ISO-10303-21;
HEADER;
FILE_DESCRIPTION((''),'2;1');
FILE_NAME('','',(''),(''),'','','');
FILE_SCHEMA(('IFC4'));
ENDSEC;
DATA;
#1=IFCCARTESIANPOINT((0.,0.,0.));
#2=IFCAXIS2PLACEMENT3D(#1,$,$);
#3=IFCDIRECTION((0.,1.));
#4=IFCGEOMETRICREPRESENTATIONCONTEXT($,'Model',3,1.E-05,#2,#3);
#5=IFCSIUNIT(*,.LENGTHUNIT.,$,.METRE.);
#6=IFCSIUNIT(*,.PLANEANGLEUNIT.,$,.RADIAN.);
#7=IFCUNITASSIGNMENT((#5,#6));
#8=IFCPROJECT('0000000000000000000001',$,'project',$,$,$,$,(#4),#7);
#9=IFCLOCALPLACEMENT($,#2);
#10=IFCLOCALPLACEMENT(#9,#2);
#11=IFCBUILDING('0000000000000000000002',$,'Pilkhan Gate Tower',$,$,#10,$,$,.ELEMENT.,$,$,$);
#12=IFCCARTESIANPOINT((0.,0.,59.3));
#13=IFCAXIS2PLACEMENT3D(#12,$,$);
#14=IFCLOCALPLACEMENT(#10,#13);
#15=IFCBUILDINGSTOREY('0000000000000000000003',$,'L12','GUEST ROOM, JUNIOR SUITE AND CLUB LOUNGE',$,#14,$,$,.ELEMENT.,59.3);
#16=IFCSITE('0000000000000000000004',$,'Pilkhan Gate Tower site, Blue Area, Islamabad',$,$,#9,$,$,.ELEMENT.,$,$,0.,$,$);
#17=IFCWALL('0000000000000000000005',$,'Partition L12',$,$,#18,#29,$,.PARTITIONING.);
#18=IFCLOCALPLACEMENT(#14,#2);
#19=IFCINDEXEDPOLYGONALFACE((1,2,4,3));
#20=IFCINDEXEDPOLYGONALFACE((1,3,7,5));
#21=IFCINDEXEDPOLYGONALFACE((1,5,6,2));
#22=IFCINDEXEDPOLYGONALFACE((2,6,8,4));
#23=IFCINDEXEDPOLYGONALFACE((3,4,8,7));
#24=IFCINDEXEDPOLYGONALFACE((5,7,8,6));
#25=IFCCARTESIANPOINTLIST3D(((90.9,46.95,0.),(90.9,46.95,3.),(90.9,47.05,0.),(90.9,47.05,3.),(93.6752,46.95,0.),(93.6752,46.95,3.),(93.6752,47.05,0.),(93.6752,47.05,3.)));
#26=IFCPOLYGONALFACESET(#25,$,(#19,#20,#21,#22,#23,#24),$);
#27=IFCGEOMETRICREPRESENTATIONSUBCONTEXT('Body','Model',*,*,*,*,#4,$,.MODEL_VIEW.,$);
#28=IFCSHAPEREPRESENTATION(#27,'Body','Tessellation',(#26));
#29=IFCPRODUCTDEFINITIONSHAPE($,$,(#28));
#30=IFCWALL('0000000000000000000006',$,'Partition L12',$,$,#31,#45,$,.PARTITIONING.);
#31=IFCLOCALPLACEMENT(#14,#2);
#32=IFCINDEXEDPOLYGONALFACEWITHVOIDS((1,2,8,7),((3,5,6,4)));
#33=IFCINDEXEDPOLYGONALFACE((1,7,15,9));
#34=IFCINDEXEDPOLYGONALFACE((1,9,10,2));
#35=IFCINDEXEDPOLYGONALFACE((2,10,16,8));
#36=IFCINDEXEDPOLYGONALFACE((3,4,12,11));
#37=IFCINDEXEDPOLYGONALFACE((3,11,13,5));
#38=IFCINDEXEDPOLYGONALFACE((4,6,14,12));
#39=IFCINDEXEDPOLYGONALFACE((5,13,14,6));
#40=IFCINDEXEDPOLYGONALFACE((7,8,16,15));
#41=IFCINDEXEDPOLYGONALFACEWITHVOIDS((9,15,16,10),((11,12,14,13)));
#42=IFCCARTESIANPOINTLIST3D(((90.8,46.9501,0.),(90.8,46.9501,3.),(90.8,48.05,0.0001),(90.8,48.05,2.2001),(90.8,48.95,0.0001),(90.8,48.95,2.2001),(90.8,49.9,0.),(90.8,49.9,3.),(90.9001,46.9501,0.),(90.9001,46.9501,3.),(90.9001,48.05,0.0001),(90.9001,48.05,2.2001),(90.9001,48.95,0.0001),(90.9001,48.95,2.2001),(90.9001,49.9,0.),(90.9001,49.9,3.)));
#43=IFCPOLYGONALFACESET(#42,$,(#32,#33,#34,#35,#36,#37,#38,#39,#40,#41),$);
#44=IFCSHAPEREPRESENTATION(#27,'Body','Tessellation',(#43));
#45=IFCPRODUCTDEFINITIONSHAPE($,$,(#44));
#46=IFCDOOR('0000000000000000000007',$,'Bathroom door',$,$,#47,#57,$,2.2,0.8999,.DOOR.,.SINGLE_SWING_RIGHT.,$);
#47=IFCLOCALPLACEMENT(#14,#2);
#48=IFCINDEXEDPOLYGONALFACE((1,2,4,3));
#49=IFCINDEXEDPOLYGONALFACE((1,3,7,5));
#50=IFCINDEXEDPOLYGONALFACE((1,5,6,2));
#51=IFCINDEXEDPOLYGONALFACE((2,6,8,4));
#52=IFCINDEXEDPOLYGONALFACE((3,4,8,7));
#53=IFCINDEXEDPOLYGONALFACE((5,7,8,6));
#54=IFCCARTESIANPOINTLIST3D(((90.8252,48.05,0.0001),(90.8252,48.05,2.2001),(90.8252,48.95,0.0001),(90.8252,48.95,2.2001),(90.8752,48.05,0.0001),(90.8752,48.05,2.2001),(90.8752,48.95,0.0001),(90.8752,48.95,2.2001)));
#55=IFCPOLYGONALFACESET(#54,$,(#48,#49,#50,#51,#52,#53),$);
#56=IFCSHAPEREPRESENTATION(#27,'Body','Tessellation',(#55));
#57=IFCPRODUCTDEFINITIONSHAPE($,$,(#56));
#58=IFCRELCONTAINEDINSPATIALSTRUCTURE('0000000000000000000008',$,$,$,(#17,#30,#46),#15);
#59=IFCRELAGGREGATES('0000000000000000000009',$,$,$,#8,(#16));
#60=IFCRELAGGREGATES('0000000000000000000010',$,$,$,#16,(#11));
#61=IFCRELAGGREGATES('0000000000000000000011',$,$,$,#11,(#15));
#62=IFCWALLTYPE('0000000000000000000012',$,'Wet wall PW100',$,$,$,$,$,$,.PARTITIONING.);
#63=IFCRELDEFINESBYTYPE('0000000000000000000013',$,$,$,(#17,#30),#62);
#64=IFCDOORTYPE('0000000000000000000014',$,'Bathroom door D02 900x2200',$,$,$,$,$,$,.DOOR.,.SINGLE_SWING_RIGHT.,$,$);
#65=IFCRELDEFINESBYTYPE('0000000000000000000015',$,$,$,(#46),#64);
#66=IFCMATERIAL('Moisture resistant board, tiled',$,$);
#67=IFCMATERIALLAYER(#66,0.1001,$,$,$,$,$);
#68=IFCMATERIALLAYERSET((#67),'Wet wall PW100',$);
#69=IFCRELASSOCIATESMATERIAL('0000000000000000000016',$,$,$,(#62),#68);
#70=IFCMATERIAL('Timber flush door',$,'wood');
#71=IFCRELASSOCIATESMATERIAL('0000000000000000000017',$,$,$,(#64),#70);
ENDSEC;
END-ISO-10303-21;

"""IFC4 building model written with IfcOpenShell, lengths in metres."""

from ifc_helpers import new_model, si_unit, direction, frame, frame_2d, origin, place, context, subcontext, project, spatial, rectangle, extrude, material, layer, layer_set, type_object, element, fill, save


model = new_model("IFC4")

# Units and contexts
model_context = context("Model", 3, precision=1e-05, world=origin(), true_north=direction((0.0, 1.0)))
body_context = subcontext(model_context, "Body", "Model", "MODEL_VIEW")
ifc_project = project(units=[si_unit("LENGTHUNIT", "METRE"), si_unit("PLANEANGLEUNIT", "RADIAN")], contexts=[model_context])

# Site, building, storey
site_placement = place(None, origin())
site = spatial("IfcSite", under=ifc_project, at=site_placement, Name="Pilkhan Gate Tower site, Blue Area, Islamabad", CompositionType="ELEMENT", RefElevation=0.0)
building_placement = place(site_placement, origin())
building = spatial("IfcBuilding", under=site, at=building_placement, Name="Pilkhan Gate Tower", CompositionType="ELEMENT")
storey_placement = place(building_placement, frame((0.0, 0.0, 59.3)))
storey = spatial("IfcBuildingStorey", under=building, at=storey_placement, Name="L12", Description="GUEST ROOM, JUNIOR SUITE AND CLUB LOUNGE", CompositionType="ELEMENT", Elevation=59.3)

# Wall
ifc_material_1 = material(Name="Moisture resistant board, tiled")
ifc_layer_1 = layer(ifc_material_1, 0.1001)
ifc_layer_set_1 = layer_set([ifc_layer_1], Name="Wet wall PW100")
wall_type_1 = type_object("IfcWallType", Name="Wet wall PW100", PredefinedType="PARTITIONING", material=ifc_layer_set_1)
wall_1_placement = place(storey_placement, frame((90.8999, 47.0, 0.0), z_axis=(0.0, 0.0, 1.0), x_axis=(1.0, 0.0, 0.0)))
element("IfcWall", 1, at=wall_1_placement, inside=storey, type_object=wall_type_1, Name="Partition L12", PredefinedType="PARTITIONING", context=body_context, shape_type="SweptSolid", body=[
    extrude(rectangle(XDim=2.7751, YDim=0.1001, at=frame_2d((1.3877, 0.0))), origin(), (0.0, 0.0, 1.0), 3.0),
])

# Wall, opening, door
wall_2_placement = place(storey_placement, frame((90.8501, 46.95, 0.0), z_axis=(0.0, 0.0, 1.0), x_axis=(0.0, 1.0, 0.0)))
wall_2 = element("IfcWall", 2, at=wall_2_placement, inside=storey, type_object=wall_type_1, Name="Partition L12", PredefinedType="PARTITIONING", context=body_context, shape_type="SweptSolid", body=[
    extrude(rectangle(XDim=2.95, YDim=0.1001, at=frame_2d((1.4751, 0.0))), origin(), (0.0, 0.0, 1.0), 3.0),
])
opening_placement = place(wall_2_placement, frame((1.1001, 0.0, 0.0)))
opening = element("IfcOpeningElement", 3, at=opening_placement, cuts=wall_2, PredefinedType="OPENING", context=body_context, shape_type="SweptSolid", body=[
    extrude(rectangle(XDim=0.8999, YDim=2.2, at=frame_2d((0.45, 1.1001))), frame((0.0, 0.0601, 0.0), z_axis=(0.0, -1.0, 0.0), x_axis=(1.0, 0.0, 0.0)), (0.0, 0.0, 1.0), 0.1201),
])
ifc_material_2 = material(Name="Timber flush door", Category="wood")
door_type = type_object("IfcDoorType", Name="Bathroom door D02 900x2200", OperationType="SINGLE_SWING_RIGHT", PredefinedType="DOOR", material=ifc_material_2)
door_placement = place(opening_placement, origin())
door = element("IfcDoor", 4, at=door_placement, inside=storey, type_object=door_type, Name="Bathroom door", OperationType="SINGLE_SWING_RIGHT", OverallHeight=2.2, OverallWidth=0.8999, PredefinedType="DOOR", context=body_context, shape_type="SweptSolid", body=[
    extrude(rectangle(XDim=0.8999, YDim=2.2, at=frame_2d((0.45, 1.1001))), frame((0.0, 0.0249, 0.0), z_axis=(0.0, -1.0, 0.0), x_axis=(1.0, 0.0, 0.0)), (0.0, 0.0, 1.0), 0.05),
])
fill(opening, door)

save(model, "model.ifc")
